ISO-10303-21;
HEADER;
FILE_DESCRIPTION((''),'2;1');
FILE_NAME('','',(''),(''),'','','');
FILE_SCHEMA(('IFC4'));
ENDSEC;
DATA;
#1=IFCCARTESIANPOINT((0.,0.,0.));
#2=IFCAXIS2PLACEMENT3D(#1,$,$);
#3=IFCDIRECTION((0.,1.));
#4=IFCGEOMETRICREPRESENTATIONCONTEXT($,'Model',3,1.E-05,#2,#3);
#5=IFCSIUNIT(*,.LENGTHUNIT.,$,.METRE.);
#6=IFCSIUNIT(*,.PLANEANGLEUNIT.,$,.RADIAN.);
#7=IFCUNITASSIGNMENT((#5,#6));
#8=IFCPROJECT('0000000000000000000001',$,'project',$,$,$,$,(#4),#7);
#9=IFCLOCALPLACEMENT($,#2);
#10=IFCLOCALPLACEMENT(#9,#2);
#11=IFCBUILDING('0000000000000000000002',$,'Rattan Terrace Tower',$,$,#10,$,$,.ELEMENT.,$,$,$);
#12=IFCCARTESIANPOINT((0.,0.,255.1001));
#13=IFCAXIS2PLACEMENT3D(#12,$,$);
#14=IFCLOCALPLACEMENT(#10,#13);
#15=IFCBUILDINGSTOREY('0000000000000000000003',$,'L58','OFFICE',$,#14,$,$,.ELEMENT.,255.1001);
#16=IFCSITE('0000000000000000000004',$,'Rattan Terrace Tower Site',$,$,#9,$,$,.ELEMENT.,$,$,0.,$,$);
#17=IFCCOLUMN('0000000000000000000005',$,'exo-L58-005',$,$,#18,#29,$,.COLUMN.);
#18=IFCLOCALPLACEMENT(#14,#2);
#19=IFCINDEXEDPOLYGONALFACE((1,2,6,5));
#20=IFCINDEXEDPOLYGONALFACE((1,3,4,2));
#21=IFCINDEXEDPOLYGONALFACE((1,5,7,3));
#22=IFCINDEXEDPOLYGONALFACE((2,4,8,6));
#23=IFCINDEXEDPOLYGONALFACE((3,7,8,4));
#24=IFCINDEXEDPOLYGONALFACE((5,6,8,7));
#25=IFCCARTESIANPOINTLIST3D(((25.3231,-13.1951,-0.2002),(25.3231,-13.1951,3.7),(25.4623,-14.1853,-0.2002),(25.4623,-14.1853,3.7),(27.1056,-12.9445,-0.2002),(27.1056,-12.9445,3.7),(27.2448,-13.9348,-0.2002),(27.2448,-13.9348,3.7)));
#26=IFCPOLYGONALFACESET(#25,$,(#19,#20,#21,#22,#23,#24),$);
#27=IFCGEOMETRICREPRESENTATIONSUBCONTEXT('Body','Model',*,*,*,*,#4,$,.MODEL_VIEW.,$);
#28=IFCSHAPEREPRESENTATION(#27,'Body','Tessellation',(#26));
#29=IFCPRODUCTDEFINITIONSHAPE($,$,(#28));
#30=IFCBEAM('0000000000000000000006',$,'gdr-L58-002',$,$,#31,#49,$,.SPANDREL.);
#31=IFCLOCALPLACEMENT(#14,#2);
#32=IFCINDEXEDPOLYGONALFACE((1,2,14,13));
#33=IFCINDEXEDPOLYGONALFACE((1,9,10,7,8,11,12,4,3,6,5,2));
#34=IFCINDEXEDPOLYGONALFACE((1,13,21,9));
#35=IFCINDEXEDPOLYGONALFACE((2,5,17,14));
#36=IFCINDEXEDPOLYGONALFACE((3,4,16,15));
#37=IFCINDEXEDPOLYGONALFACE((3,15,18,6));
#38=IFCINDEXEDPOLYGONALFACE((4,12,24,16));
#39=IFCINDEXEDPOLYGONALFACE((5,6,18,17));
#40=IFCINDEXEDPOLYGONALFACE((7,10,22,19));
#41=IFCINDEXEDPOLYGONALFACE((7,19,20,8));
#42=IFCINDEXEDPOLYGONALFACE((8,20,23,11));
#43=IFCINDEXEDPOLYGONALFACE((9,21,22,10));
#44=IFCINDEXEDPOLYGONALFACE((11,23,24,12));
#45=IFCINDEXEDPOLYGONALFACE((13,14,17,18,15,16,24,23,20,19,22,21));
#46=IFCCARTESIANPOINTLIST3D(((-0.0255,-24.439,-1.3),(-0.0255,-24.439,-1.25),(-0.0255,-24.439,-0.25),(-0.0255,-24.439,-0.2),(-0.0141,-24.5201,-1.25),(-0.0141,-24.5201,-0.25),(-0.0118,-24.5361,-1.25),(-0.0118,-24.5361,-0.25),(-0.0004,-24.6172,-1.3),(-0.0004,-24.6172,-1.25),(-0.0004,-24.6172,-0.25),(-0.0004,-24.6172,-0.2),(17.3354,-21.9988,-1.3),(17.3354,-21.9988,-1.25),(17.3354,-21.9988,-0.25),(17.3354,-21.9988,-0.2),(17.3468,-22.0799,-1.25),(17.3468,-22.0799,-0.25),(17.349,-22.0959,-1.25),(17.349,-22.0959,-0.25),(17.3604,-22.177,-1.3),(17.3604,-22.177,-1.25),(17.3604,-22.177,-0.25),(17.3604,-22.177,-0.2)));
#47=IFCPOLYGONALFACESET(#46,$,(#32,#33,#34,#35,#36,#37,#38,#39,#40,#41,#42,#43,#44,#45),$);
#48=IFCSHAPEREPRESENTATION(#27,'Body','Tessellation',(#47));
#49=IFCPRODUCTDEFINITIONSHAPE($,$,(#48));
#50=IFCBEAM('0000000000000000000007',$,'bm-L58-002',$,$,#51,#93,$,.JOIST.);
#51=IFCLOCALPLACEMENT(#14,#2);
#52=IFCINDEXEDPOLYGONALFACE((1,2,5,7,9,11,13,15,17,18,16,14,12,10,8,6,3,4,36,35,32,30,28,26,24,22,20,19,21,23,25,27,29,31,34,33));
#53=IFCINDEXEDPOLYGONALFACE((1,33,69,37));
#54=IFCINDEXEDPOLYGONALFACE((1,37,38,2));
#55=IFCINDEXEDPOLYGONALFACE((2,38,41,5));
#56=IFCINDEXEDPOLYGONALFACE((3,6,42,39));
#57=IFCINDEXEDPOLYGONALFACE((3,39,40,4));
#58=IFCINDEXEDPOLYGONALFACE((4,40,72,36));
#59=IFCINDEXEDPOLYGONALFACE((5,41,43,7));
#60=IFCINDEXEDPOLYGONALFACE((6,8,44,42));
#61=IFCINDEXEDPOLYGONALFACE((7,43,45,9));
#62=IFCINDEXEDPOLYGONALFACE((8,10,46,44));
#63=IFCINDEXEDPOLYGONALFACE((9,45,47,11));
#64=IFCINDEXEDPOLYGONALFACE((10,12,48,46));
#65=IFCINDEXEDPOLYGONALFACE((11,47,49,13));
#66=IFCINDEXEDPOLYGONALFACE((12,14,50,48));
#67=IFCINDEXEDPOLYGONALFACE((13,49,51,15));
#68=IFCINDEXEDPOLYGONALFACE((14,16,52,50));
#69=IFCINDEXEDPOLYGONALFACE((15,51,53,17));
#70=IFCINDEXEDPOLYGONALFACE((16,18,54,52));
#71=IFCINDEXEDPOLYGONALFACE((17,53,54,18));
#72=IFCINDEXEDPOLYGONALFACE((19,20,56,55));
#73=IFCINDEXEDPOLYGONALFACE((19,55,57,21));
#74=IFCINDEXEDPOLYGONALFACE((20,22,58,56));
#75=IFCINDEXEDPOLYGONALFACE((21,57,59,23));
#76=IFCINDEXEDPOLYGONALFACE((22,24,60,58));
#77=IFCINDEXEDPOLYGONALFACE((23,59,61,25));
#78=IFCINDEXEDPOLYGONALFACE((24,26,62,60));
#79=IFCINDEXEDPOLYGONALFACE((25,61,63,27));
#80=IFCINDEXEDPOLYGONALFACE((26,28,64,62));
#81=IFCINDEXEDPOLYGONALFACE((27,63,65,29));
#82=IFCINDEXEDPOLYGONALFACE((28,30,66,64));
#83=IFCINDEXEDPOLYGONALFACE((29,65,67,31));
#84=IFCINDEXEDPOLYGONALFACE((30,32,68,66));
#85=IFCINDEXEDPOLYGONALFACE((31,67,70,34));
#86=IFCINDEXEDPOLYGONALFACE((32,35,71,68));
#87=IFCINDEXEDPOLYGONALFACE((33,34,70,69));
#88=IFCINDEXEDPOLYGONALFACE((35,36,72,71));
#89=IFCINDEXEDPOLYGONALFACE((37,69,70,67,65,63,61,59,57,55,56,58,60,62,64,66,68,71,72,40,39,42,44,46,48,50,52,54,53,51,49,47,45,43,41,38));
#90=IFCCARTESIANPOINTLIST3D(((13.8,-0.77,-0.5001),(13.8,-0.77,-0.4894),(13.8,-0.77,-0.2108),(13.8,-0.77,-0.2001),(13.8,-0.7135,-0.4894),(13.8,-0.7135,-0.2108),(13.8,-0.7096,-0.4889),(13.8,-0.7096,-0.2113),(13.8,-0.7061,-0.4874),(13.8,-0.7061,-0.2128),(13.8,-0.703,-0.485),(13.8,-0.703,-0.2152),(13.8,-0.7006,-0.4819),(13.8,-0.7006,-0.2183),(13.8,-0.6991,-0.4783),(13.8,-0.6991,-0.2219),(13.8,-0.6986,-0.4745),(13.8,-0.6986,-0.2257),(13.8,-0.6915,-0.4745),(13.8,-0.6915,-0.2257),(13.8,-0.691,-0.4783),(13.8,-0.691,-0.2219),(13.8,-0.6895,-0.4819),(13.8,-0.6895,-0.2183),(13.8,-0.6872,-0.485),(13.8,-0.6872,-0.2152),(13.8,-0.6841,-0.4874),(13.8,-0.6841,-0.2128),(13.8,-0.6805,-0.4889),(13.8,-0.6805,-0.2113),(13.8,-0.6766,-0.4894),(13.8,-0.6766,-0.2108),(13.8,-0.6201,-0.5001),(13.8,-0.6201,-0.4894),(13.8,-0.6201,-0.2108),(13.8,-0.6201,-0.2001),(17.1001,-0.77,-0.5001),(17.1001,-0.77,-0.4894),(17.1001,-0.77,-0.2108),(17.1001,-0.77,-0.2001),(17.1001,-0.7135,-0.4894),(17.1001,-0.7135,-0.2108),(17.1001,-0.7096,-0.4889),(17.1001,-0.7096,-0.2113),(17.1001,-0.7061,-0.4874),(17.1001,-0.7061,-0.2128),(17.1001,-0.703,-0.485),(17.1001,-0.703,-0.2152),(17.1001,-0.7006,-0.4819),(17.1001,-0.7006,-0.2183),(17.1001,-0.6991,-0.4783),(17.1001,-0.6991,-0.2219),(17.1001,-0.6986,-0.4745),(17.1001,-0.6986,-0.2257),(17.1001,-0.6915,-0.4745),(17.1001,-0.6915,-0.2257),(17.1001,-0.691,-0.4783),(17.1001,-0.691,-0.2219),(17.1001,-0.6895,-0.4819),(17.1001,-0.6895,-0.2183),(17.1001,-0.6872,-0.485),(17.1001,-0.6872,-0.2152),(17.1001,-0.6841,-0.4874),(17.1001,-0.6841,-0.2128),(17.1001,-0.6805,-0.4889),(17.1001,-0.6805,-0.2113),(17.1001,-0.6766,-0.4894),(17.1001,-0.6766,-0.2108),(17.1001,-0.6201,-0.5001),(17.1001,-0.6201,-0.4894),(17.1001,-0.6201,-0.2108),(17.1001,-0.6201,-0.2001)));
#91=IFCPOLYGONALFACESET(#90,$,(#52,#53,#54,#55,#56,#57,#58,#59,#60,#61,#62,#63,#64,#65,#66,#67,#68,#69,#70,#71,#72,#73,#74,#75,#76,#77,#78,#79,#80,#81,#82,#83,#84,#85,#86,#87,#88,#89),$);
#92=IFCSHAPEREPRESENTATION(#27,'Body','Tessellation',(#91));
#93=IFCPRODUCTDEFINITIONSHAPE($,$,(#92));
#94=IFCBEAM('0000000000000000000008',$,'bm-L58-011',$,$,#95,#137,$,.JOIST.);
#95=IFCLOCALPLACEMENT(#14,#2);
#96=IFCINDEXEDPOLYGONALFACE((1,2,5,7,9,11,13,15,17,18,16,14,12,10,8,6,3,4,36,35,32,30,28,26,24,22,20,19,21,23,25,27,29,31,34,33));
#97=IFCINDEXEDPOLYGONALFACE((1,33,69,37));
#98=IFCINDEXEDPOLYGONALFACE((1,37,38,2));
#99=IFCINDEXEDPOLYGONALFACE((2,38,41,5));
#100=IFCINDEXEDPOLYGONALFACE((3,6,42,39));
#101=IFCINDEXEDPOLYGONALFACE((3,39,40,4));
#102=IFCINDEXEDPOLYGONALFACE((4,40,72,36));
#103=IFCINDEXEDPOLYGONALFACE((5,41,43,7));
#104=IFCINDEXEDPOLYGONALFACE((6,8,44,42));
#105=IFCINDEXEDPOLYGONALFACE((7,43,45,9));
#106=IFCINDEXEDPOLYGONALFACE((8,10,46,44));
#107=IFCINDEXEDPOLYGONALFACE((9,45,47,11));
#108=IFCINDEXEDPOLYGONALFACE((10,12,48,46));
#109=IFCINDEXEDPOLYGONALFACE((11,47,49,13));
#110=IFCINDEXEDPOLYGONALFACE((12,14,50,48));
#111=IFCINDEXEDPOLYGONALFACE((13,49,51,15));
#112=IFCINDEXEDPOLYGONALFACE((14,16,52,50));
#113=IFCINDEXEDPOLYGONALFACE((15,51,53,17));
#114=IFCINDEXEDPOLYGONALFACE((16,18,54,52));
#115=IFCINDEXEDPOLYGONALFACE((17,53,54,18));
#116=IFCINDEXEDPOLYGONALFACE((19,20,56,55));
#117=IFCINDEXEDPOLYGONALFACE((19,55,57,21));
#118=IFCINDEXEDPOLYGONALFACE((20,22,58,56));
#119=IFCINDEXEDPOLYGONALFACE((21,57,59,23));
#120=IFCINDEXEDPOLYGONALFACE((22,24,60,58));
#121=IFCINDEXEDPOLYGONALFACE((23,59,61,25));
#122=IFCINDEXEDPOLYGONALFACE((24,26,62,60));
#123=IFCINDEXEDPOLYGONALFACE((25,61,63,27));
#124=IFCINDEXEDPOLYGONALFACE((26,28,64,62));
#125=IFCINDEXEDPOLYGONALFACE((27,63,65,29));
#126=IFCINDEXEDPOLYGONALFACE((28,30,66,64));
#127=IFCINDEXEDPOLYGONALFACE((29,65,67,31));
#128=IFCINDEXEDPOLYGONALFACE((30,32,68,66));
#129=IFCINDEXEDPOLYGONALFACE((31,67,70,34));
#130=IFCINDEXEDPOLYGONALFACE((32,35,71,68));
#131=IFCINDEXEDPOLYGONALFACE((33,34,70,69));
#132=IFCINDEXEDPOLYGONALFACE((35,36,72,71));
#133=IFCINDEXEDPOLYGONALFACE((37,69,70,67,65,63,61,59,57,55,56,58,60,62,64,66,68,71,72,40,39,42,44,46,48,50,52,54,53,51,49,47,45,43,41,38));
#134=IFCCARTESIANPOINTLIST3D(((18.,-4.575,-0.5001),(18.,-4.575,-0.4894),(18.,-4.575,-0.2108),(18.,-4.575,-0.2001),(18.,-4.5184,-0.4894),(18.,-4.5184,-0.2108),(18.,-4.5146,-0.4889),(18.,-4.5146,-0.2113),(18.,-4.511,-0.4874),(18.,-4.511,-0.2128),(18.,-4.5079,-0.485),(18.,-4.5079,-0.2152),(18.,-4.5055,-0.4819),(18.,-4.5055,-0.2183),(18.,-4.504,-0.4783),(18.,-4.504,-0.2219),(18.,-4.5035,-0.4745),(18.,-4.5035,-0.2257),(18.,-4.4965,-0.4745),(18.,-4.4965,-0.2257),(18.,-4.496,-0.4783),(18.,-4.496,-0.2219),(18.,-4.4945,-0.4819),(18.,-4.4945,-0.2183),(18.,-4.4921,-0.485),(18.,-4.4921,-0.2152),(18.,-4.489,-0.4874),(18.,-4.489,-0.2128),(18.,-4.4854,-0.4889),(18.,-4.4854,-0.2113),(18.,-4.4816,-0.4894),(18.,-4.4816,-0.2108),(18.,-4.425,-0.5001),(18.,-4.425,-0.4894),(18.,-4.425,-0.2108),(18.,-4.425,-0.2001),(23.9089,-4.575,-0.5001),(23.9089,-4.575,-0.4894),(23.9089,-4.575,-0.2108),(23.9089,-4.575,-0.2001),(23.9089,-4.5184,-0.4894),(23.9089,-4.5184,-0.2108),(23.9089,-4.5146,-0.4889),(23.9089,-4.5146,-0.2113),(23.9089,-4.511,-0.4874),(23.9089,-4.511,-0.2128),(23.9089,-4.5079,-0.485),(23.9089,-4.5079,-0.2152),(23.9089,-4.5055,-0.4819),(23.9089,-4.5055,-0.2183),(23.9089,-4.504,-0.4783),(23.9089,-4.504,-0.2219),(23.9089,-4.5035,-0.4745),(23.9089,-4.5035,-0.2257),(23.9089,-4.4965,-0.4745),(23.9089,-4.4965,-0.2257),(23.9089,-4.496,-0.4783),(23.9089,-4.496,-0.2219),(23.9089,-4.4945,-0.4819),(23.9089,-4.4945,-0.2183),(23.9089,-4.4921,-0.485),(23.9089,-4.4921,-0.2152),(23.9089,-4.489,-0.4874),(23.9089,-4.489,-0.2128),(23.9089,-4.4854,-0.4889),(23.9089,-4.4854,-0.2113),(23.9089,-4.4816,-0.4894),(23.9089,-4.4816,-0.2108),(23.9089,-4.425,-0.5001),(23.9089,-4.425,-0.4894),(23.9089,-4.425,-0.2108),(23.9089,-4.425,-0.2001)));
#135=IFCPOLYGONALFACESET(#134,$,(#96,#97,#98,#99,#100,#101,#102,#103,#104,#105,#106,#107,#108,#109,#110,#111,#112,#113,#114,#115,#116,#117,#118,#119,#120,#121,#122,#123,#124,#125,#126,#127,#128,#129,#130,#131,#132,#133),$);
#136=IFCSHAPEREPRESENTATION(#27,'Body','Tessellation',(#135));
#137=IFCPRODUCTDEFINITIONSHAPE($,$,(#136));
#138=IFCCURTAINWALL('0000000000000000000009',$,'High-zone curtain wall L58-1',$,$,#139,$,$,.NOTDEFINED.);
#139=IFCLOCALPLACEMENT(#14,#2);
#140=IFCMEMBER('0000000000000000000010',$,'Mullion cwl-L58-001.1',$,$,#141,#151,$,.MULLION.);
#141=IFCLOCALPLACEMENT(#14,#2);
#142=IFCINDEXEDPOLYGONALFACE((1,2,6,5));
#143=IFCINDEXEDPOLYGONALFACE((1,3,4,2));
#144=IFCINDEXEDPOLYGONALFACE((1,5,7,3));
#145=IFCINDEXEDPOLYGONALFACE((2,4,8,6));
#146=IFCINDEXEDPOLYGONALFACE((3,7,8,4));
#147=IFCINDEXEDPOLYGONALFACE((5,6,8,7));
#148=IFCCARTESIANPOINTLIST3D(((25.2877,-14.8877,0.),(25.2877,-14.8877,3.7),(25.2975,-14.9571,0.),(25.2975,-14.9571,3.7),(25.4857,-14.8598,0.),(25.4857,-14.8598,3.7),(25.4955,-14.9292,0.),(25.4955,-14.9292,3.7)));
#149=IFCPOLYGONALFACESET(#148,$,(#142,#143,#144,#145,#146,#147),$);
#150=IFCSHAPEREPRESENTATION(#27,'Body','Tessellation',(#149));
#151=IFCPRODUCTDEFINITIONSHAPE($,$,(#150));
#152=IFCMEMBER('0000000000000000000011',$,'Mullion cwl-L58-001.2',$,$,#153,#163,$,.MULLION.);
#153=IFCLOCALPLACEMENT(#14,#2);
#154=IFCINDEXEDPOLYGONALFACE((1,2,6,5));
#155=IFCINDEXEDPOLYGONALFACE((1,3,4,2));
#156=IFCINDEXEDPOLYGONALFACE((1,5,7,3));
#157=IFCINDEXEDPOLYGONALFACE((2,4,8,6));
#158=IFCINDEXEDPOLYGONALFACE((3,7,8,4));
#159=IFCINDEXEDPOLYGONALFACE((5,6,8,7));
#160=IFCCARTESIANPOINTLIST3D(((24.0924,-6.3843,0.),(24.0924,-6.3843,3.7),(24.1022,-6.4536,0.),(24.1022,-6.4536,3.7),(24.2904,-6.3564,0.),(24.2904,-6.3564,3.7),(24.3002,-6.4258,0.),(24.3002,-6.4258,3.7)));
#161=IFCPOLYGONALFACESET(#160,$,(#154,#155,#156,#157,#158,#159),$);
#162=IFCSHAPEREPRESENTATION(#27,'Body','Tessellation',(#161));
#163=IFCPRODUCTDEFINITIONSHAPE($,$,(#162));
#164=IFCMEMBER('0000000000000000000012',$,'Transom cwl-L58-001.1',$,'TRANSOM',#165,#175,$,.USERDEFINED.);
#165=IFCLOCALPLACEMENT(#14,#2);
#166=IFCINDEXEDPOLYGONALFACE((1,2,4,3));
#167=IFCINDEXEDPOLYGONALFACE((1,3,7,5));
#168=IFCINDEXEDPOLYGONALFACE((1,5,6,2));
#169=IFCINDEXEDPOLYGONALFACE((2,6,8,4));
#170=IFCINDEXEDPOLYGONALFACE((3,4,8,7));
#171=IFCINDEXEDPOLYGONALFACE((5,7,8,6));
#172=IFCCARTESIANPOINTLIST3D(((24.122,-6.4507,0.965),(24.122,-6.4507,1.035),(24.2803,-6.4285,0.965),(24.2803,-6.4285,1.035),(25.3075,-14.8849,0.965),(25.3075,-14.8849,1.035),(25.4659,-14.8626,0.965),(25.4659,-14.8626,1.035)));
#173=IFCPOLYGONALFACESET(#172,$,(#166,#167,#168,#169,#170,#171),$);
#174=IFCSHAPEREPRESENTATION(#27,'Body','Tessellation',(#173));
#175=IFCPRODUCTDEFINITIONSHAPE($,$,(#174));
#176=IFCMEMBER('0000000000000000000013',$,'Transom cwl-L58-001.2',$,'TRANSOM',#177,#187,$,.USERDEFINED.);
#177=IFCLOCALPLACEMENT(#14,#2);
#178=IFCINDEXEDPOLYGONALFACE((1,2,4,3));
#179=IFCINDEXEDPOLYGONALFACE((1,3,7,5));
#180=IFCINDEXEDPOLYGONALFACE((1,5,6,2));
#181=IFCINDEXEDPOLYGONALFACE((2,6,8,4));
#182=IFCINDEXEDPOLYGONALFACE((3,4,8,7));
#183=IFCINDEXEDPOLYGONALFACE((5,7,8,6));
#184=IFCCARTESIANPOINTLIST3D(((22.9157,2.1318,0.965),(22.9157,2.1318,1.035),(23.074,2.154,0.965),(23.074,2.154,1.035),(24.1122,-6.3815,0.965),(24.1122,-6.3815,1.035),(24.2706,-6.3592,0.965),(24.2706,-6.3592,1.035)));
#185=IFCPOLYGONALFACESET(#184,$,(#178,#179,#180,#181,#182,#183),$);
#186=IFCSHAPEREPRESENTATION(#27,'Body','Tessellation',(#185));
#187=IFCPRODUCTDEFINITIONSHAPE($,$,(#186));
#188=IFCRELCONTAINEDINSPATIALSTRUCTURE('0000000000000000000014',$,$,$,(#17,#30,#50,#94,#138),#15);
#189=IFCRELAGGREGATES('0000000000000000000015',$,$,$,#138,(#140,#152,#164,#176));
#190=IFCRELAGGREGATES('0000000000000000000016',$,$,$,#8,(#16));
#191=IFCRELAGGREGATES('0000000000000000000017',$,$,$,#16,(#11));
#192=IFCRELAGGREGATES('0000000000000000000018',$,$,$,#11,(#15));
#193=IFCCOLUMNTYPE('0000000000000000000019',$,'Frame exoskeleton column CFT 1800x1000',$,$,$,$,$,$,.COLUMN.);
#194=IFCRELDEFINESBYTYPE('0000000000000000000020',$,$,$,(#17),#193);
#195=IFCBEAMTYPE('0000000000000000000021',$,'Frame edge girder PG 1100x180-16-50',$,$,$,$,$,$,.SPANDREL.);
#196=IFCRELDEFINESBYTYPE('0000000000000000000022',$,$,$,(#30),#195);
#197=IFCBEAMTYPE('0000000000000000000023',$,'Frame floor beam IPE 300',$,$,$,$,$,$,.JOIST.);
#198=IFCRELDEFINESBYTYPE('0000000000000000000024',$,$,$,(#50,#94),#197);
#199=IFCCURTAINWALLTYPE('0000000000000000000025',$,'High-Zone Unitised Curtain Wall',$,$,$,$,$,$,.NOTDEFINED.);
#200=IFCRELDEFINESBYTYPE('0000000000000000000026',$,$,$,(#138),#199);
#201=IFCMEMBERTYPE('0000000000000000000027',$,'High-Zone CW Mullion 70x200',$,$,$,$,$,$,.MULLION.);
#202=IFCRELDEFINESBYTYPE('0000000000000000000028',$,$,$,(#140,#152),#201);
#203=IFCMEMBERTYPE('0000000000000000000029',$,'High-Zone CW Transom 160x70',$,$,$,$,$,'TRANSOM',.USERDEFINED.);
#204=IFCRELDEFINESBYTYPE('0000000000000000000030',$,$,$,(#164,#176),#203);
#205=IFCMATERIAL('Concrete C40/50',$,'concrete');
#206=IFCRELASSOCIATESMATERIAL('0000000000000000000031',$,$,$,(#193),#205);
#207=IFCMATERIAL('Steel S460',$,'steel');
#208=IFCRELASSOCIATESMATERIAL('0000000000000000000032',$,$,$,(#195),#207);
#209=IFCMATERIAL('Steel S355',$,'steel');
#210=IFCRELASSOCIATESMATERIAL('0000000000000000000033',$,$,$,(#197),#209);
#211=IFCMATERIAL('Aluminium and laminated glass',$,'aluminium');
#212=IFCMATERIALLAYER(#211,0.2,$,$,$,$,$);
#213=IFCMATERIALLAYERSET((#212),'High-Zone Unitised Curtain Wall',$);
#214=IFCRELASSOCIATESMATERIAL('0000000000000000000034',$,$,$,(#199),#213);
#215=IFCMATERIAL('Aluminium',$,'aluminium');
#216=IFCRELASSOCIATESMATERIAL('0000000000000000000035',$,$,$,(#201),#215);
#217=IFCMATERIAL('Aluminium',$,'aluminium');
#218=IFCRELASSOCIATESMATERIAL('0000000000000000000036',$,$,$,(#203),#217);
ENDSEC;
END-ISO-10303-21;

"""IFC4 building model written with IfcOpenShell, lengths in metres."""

from ifc_helpers import new_model, si_unit, direction, frame, origin, origin_2d, place, context, subcontext, project, spatial, rectangle, i_section, extrude, material, layer, layer_set, material_profile, profile_set, type_object, element, aggregate, save


model = new_model("IFC4")

# Units and contexts
model_context = context("Model", 3, precision=1e-05, world=origin(), true_north=direction((0.0, 1.0)))
body_context = subcontext(model_context, "Body", "Model", "MODEL_VIEW")
ifc_project = project(units=[si_unit("LENGTHUNIT", "METRE"), si_unit("PLANEANGLEUNIT", "RADIAN")], contexts=[model_context])

# Site, building, storey
site_placement = place(None, origin())
site = spatial("IfcSite", under=ifc_project, at=site_placement, Name="Rattan Terrace Tower Site", CompositionType="ELEMENT", RefElevation=0.0)
building_placement = place(site_placement, origin())
building = spatial("IfcBuilding", under=site, at=building_placement, Name="Rattan Terrace Tower", CompositionType="ELEMENT")
storey_placement = place(building_placement, frame((0.0, 0.0, 255.1001)))
storey = spatial("IfcBuildingStorey", under=building, at=storey_placement, Name="L58", Description="OFFICE", CompositionType="ELEMENT", Elevation=255.1001)

# Column
ifc_material_1 = material(Name="Concrete C40/50", Category="concrete")
ifc_material_profile_1 = material_profile(ifc_material_1, rectangle(XDim=1.0, YDim=1.8, at=origin_2d()), Name="CFT 1800x1000")
ifc_profile_set_1 = profile_set([ifc_material_profile_1], Name="Concrete C40/50")
column_type = type_object("IfcColumnType", Name="Frame exoskeleton column CFT 1800x1000", PredefinedType="COLUMN", material=ifc_profile_set_1)
column_placement = place(storey_placement, frame((26.2839, -13.5649, -0.2002), z_axis=(0.0, 0.0, 1.0), x_axis=(-0.13919, 0.990266, 0.0)))
element("IfcColumn", 1, at=column_placement, inside=storey, type_object=column_type, Name="exo-L58-005", PredefinedType="COLUMN", context=body_context, shape_type="SweptSolid", body=[
    extrude(rectangle(XDim=1.0, YDim=1.8, at=origin_2d()), origin(), (0.0, 0.0, 1.0), 3.9001),
])

# Beams
ifc_material_2 = material(Name="Steel S460", Category="steel")
ifc_material_profile_2 = material_profile(ifc_material_2, i_section(OverallWidth=0.1799, OverallDepth=1.1001, WebThickness=0.0161, FlangeThickness=0.05, at=origin_2d()), Name="PG 1100x180-16-50")
ifc_profile_set_2 = profile_set([ifc_material_profile_2], Name="Steel S460")
beam_type_1 = type_object("IfcBeamType", Name="Frame edge girder PG 1100x180-16-50", PredefinedType="SPANDREL", material=ifc_profile_set_2)
beam_1_placement = place(storey_placement, frame((17.3479, -22.0879, -0.75), z_axis=(-0.990266, -0.139189, 0.0), x_axis=(0.139189, -0.990266, 0.0)))
element("IfcBeam", 2, at=beam_1_placement, inside=storey, type_object=beam_type_1, Name="gdr-L58-002", PredefinedType="SPANDREL", context=body_context, shape_type="SweptSolid", body=[
    extrude(i_section(OverallWidth=0.1799, OverallDepth=1.1001, WebThickness=0.0161, FlangeThickness=0.05, at=origin_2d()), origin(), (0.0, 0.0, 1.0), 17.5315),
])
ifc_material_3 = material(Name="Steel S355", Category="steel")
ifc_material_profile_3 = material_profile(ifc_material_3, i_section(OverallWidth=0.1499, OverallDepth=0.3, WebThickness=0.0071, FlangeThickness=0.0107, FilletRadius=0.0149, at=origin_2d()), Name="IPE 300")
ifc_profile_set_3 = profile_set([ifc_material_profile_3], Name="Steel S355")
beam_type_2 = type_object("IfcBeamType", Name="Frame floor beam IPE 300", PredefinedType="JOIST", material=ifc_profile_set_3)
beam_2_placement = place(storey_placement, frame((13.8, -0.6951, -0.3501), z_axis=(1.0, 0.0, 0.0), x_axis=(0.0, 1.0, 0.0)))
element("IfcBeam", 3, at=beam_2_placement, inside=storey, type_object=beam_type_2, Name="bm-L58-002", PredefinedType="JOIST", context=body_context, shape_type="SweptSolid", body=[
    extrude(i_section(OverallWidth=0.1499, OverallDepth=0.3, WebThickness=0.0071, FlangeThickness=0.0107, FilletRadius=0.0149, at=origin_2d()), origin(), (0.0, 0.0, 1.0), 3.3),
])
beam_3_placement = place(storey_placement, frame((18.0, -4.5, -0.3501), z_axis=(1.0, 0.0, 0.0), x_axis=(0.0, 1.0, 0.0)))
element("IfcBeam", 4, at=beam_3_placement, inside=storey, type_object=beam_type_2, Name="bm-L58-011", PredefinedType="JOIST", context=body_context, shape_type="SweptSolid", body=[
    extrude(i_section(OverallWidth=0.1499, OverallDepth=0.3, WebThickness=0.0071, FlangeThickness=0.0107, FilletRadius=0.0149, at=origin_2d()), origin(), (0.0, 0.0, 1.0), 5.9089),
])

# Curtain wall, members
ifc_material_4 = material(Name="Aluminium and laminated glass", Category="aluminium")
ifc_layer_1 = layer(ifc_material_4, 0.2)
ifc_layer_set_1 = layer_set([ifc_layer_1], Name="High-Zone Unitised Curtain Wall")
curtain_wall_type = type_object("IfcCurtainWallType", Name="High-Zone Unitised Curtain Wall", PredefinedType="NOTDEFINED", material=ifc_layer_set_1)
curtain_wall_1_placement = place(storey_placement, origin())
curtain_wall_1 = element("IfcCurtainWall", 5, at=curtain_wall_1_placement, inside=storey, type_object=curtain_wall_type, Name="High-zone curtain wall L58-1", PredefinedType="NOTDEFINED")
ifc_material_5 = material(Name="Aluminium", Category="aluminium")
ifc_material_profile_4 = material_profile(ifc_material_5, rectangle(XDim=0.0701, YDim=0.2, at=origin_2d()), Name="Aluminium 70x200")
ifc_profile_set_4 = profile_set([ifc_material_profile_4], Name="Aluminium")
member_type_1 = type_object("IfcMemberType", Name="High-Zone CW Mullion 70x200", PredefinedType="MULLION", material=ifc_profile_set_4)
member_1_placement = place(storey_placement, frame((25.3916, -14.9084, 0.0), z_axis=(0.0, 0.0, 1.0), x_axis=(-0.139192, 0.990265, 0.0)))
member_1 = element("IfcMember", 6, at=member_1_placement, type_object=member_type_1, Name="Mullion cwl-L58-001.1", PredefinedType="MULLION", context=body_context, shape_type="SweptSolid", body=[
    extrude(rectangle(XDim=0.0701, YDim=0.2, at=origin_2d()), origin(), (0.0, 0.0, 1.0), 3.7),
])
member_2_placement = place(storey_placement, frame((24.1963, -6.405, 0.0), z_axis=(0.0, 0.0, 1.0), x_axis=(-0.139192, 0.990265, 0.0)))
member_2 = element("IfcMember", 7, at=member_2_placement, type_object=member_type_1, Name="Mullion cwl-L58-001.2", PredefinedType="MULLION", context=body_context, shape_type="SweptSolid", body=[
    extrude(rectangle(XDim=0.0701, YDim=0.2, at=origin_2d()), origin(), (0.0, 0.0, 1.0), 3.7),
])
ifc_material_6 = material(Name="Aluminium", Category="aluminium")
ifc_material_profile_5 = material_profile(ifc_material_6, rectangle(XDim=0.1599, YDim=0.0701, at=origin_2d()), Name="Aluminium 160x70")
ifc_profile_set_5 = profile_set([ifc_material_profile_5], Name="Aluminium")
member_type_2 = type_object("IfcMemberType", Name="High-Zone CW Transom 160x70", ElementType="TRANSOM", PredefinedType="USERDEFINED", material=ifc_profile_set_5)
member_3_placement = place(storey_placement, frame((25.3867, -14.8738, 1.0), z_axis=(-0.139198, 0.990265, 0.0), x_axis=(-0.990265, -0.139198, 0.0)))
member_3 = element("IfcMember", 8, at=member_3_placement, type_object=member_type_2, Name="Transom cwl-L58-001.1", ObjectType="TRANSOM", PredefinedType="USERDEFINED", context=body_context, shape_type="SweptSolid", body=[
    extrude(rectangle(XDim=0.1599, YDim=0.0701, at=origin_2d()), origin(), (0.0, 0.0, 1.0), 8.5171),
])
member_4_placement = place(storey_placement, frame((24.1914, -6.3704, 1.0), z_axis=(-0.139183, 0.990267, 0.0), x_axis=(-0.990267, -0.139183, 0.0)))
member_4 = element("IfcMember", 9, at=member_4_placement, type_object=member_type_2, Name="Transom cwl-L58-001.2", ObjectType="TRANSOM", PredefinedType="USERDEFINED", context=body_context, shape_type="SweptSolid", body=[
    extrude(rectangle(XDim=0.1599, YDim=0.0701, at=origin_2d()), origin(), (0.0, 0.0, 1.0), 8.5969),
])

aggregate(curtain_wall_1, [member_1, member_2, member_3, member_4])

save(model, "model.ifc")
